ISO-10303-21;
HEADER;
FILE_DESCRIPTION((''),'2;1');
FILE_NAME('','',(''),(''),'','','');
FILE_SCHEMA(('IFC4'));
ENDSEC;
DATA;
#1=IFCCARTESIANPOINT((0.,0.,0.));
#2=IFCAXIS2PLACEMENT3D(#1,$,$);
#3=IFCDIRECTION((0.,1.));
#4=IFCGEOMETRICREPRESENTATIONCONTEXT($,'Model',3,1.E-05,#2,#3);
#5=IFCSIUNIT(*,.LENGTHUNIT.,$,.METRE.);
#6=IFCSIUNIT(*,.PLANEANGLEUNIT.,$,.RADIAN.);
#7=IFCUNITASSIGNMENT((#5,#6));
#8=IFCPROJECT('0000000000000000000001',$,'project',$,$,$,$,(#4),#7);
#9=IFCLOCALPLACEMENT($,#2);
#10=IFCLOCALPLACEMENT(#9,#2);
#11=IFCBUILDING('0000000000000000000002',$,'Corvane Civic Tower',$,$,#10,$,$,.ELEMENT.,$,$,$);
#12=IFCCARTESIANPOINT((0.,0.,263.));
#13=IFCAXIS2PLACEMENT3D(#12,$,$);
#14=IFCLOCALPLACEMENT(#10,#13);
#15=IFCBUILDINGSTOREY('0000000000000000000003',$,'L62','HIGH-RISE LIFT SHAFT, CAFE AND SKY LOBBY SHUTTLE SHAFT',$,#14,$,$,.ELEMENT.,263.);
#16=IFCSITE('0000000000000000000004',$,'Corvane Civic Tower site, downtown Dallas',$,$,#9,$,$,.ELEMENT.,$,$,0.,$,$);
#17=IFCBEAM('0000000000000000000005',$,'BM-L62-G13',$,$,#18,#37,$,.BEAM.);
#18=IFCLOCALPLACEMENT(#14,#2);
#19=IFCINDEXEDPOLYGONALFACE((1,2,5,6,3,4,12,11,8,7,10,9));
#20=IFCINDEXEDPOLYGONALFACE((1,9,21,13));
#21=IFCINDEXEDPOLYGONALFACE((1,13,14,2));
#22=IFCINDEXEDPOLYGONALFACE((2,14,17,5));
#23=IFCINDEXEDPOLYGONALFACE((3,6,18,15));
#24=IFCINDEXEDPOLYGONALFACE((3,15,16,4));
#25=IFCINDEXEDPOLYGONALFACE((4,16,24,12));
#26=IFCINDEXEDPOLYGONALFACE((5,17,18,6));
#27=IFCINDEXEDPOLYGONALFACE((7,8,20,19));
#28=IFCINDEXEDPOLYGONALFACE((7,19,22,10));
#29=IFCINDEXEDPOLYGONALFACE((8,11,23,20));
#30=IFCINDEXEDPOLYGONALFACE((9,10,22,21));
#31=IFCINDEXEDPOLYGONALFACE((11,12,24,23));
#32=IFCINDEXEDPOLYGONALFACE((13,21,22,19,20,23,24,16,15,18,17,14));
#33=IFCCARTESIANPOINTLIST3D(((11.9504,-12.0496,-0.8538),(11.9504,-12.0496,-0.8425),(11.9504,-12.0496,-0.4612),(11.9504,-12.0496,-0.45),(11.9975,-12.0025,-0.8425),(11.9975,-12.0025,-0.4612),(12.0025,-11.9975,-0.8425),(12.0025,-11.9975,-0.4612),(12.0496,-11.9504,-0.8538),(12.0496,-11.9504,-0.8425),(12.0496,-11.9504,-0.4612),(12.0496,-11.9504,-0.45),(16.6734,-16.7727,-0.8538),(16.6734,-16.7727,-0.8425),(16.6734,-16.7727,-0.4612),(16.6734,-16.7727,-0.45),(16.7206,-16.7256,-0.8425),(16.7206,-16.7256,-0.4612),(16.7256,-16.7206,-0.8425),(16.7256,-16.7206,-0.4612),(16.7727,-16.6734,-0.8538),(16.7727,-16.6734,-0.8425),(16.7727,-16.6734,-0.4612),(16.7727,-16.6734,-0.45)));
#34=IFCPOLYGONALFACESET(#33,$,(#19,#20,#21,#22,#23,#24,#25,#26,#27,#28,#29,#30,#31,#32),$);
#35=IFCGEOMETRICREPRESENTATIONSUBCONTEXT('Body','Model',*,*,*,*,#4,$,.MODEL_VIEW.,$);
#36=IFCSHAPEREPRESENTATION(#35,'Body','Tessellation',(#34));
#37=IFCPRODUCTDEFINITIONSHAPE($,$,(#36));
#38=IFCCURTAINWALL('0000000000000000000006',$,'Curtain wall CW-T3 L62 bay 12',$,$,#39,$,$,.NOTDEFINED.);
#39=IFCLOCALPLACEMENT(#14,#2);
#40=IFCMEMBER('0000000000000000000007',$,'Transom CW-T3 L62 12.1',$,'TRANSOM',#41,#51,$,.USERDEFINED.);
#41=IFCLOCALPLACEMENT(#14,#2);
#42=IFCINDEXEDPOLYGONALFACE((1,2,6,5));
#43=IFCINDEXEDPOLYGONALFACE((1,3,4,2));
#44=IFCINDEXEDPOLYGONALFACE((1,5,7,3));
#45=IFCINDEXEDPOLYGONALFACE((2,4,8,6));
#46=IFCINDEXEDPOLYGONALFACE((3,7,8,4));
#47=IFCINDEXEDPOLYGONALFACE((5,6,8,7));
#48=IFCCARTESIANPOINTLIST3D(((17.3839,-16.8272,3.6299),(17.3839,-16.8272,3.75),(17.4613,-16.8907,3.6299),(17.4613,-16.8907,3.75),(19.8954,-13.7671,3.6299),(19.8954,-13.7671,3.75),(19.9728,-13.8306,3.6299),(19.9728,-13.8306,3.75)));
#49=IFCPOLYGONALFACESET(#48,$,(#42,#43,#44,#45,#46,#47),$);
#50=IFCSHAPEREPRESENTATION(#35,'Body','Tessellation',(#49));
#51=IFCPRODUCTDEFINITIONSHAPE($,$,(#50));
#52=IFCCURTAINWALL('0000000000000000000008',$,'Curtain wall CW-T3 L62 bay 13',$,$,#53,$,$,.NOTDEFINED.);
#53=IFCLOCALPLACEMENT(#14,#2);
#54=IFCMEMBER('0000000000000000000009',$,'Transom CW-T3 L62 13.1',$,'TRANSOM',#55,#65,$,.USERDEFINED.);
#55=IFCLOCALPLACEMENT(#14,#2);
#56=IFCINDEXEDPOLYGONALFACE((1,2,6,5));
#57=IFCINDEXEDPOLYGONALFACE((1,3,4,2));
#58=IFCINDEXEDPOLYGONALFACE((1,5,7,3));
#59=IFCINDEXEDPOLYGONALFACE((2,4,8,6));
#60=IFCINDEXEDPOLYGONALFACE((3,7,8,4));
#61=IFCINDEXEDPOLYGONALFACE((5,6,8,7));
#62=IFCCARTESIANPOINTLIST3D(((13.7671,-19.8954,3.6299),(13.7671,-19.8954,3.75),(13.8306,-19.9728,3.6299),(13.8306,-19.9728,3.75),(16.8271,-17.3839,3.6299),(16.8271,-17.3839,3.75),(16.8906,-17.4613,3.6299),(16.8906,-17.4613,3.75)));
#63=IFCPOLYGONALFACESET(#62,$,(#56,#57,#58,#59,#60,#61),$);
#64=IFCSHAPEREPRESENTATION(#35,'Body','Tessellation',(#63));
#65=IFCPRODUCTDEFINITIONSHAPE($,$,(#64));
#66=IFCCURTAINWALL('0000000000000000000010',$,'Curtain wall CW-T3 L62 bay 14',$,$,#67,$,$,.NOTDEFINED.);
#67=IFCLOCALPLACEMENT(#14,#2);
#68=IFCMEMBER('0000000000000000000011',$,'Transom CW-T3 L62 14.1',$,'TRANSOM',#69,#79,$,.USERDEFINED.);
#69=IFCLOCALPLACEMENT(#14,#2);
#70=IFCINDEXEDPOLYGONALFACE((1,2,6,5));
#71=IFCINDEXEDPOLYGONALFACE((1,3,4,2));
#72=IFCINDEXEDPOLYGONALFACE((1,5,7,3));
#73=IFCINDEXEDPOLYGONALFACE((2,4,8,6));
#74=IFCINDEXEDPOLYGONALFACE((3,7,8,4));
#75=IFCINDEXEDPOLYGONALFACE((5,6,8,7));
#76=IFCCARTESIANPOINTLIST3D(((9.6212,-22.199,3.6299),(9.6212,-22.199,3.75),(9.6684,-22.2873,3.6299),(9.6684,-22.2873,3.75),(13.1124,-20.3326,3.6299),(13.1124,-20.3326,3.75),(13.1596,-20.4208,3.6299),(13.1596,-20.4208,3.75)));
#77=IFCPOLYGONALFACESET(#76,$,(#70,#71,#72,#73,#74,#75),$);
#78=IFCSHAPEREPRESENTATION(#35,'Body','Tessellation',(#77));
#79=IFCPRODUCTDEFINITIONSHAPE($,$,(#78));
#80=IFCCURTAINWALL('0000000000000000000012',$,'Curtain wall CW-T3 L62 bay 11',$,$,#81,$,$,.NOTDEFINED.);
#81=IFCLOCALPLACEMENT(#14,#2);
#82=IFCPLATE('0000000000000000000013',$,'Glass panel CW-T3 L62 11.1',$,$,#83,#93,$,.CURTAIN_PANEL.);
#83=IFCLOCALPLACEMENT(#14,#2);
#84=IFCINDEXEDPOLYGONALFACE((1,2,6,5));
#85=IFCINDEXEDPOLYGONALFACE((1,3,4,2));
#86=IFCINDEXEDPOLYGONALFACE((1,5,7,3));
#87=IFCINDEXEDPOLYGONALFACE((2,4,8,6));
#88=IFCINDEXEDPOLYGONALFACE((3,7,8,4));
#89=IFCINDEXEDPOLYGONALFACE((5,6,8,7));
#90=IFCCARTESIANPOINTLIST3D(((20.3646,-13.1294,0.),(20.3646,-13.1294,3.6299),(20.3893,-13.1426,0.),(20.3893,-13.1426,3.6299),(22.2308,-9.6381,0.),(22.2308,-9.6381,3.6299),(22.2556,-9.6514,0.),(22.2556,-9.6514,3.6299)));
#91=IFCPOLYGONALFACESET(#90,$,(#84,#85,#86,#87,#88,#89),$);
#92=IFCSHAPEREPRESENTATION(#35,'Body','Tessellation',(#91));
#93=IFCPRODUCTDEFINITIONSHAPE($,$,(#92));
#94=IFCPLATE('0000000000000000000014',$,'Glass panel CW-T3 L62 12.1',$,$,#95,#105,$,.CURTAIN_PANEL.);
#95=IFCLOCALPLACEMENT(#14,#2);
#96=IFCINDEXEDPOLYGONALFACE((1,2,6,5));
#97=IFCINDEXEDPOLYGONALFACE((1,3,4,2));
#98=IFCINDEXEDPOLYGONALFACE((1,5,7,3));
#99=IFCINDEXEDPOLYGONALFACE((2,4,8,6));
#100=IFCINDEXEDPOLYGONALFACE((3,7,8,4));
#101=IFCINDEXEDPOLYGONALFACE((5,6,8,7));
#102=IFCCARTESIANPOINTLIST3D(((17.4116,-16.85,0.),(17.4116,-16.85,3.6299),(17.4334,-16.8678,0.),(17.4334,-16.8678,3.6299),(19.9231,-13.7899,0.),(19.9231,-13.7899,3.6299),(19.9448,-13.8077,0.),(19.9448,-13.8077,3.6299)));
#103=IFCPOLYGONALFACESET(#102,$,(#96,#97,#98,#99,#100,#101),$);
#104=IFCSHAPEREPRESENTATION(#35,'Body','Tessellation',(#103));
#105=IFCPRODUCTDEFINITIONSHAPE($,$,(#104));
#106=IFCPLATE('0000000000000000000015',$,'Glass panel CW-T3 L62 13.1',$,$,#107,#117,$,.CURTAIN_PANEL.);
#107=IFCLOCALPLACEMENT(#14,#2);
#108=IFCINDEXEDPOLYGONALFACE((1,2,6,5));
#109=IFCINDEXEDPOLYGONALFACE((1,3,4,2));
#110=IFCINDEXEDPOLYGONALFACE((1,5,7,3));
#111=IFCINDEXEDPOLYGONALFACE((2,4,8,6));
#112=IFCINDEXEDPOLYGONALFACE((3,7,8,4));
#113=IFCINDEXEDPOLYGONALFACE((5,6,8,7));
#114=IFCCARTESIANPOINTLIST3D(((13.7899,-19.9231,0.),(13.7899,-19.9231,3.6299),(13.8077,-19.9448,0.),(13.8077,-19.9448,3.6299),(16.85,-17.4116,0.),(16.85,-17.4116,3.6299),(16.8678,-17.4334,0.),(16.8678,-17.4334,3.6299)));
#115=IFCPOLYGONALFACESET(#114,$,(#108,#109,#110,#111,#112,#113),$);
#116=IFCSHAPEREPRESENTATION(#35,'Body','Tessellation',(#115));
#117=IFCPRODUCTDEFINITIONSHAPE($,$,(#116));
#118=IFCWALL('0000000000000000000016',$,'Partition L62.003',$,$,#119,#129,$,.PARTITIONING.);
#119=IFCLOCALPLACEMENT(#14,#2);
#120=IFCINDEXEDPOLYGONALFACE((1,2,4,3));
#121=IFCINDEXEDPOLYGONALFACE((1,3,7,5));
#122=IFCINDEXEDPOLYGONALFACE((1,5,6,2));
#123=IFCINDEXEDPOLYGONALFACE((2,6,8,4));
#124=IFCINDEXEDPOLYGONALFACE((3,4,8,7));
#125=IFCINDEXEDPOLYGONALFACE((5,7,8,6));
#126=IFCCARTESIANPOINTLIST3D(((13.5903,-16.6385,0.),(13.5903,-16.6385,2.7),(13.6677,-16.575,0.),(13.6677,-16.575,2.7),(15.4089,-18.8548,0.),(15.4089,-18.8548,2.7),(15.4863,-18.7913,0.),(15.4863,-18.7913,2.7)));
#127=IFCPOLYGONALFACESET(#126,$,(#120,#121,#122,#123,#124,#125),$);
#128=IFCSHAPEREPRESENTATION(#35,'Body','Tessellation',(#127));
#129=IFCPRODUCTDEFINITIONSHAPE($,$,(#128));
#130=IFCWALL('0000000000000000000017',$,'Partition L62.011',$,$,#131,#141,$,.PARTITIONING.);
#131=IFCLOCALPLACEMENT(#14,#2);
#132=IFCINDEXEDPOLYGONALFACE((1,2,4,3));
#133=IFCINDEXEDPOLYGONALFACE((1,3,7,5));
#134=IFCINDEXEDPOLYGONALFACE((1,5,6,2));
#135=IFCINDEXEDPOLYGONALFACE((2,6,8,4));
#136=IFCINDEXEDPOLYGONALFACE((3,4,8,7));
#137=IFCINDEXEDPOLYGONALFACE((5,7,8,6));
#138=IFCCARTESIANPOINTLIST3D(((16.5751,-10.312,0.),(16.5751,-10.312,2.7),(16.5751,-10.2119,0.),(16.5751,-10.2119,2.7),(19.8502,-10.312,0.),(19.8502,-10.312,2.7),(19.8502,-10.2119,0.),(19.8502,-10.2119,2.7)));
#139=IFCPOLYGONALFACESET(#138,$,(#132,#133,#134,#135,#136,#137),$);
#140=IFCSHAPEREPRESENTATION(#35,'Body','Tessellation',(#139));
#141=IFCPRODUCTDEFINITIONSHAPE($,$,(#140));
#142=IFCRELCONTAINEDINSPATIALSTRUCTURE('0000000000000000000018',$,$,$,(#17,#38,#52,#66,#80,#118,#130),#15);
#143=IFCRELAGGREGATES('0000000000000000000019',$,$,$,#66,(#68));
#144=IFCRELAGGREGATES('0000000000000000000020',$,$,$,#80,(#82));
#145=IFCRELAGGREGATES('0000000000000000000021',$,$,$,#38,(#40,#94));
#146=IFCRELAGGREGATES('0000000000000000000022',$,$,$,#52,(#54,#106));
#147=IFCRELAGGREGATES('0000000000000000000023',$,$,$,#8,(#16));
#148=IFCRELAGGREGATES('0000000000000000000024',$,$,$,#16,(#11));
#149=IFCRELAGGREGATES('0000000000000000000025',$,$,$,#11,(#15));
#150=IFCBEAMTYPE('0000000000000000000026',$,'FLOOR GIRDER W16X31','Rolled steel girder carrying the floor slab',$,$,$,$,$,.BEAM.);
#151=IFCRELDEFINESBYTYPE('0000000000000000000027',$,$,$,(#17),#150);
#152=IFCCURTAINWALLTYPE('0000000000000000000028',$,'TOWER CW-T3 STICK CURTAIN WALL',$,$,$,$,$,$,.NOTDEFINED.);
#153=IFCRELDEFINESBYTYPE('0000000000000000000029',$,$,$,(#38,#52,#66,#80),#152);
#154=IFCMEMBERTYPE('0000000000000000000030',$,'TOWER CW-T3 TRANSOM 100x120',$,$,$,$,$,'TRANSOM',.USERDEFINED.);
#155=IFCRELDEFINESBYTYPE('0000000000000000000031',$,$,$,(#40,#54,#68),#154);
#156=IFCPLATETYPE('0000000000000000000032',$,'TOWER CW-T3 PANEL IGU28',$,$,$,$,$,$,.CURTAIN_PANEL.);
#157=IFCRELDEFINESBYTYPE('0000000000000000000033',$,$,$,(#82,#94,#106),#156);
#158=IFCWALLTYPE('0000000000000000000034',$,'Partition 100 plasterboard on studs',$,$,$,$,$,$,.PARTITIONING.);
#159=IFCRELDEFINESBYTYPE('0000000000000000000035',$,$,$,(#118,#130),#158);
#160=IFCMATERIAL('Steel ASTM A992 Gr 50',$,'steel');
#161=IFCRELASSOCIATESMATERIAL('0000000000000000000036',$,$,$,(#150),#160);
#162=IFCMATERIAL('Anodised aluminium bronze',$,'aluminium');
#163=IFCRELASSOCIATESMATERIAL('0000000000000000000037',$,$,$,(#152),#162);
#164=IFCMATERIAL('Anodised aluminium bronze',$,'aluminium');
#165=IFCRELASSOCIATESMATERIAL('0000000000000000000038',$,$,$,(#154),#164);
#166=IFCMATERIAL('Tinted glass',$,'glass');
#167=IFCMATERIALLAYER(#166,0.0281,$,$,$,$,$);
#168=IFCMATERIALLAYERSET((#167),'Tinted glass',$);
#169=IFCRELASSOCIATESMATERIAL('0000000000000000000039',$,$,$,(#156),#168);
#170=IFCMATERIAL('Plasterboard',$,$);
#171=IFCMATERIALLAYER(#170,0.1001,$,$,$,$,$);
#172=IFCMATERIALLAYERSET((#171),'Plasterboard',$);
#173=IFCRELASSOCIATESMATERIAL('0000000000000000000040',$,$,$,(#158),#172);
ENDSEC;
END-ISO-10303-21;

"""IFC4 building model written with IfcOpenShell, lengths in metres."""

from ifc_helpers import new_model, si_unit, direction, frame, frame_2d, origin, origin_2d, place, context, subcontext, project, spatial, rectangle, i_section, extrude, material, layer, layer_set, material_profile, profile_set, type_object, element, aggregate, save


model = new_model("IFC4")

# Units and contexts
model_context = context("Model", 3, precision=1e-05, world=origin(), true_north=direction((0.0, 1.0)))
body_context = subcontext(model_context, "Body", "Model", "MODEL_VIEW")
ifc_project = project(units=[si_unit("LENGTHUNIT", "METRE"), si_unit("PLANEANGLEUNIT", "RADIAN")], contexts=[model_context])

# Site, building, storey
site_placement = place(None, origin())
site = spatial("IfcSite", under=ifc_project, at=site_placement, Name="Corvane Civic Tower site, downtown Dallas", CompositionType="ELEMENT", RefElevation=0.0)
building_placement = place(site_placement, origin())
building = spatial("IfcBuilding", under=site, at=building_placement, Name="Corvane Civic Tower", CompositionType="ELEMENT")
storey_placement = place(building_placement, frame((0.0, 0.0, 263.0)))
storey = spatial("IfcBuildingStorey", under=building, at=storey_placement, Name="L62", Description="HIGH-RISE LIFT SHAFT, CAFE AND SKY LOBBY SHUTTLE SHAFT", CompositionType="ELEMENT", Elevation=263.0)

# Beam
ifc_material_1 = material(Name="Steel ASTM A992 Gr 50", Category="steel")
ifc_material_profile_1 = material_profile(ifc_material_1, i_section(OverallWidth=0.1404, OverallDepth=0.4038, WebThickness=0.0071, FlangeThickness=0.0112, at=origin_2d()), Name="W16X31")
ifc_profile_set_1 = profile_set([ifc_material_profile_1], Name="Steel ASTM A992 Gr 50")
beam_type_1 = type_object("IfcBeamType", Name="FLOOR GIRDER W16X31", Description="Rolled steel girder carrying the floor slab", PredefinedType="BEAM", material=ifc_profile_set_1)
beam_1_placement = place(storey_placement, frame((12.0, -12.0, -0.6519), z_axis=(0.707107, -0.707107, 0.0), x_axis=(0.707107, 0.707107, 0.0)))
element("IfcBeam", 1, at=beam_1_placement, inside=storey, type_object=beam_type_1, Name="BM-L62-G13", PredefinedType="BEAM", context=body_context, shape_type="SweptSolid", body=[
    extrude(i_section(OverallWidth=0.1404, OverallDepth=0.4038, WebThickness=0.0071, FlangeThickness=0.0112, at=origin_2d()), origin(), (0.0, 0.0, 1.0), 6.6794),
])

# Curtain walls, members
ifc_material_2 = material(Name="Anodised aluminium bronze", Category="aluminium")
curtain_wall_type = type_object("IfcCurtainWallType", Name="TOWER CW-T3 STICK CURTAIN WALL", PredefinedType="NOTDEFINED", material=ifc_material_2)
curtain_wall_1_placement = place(storey_placement, origin())
curtain_wall_1 = element("IfcCurtainWall", 2, at=curtain_wall_1_placement, inside=storey, type_object=curtain_wall_type, Name="Curtain wall CW-T3 L62 bay 12", PredefinedType="NOTDEFINED")
ifc_material_3 = material(Name="Anodised aluminium bronze", Category="aluminium")
ifc_material_profile_2 = material_profile(ifc_material_3, rectangle(XDim=0.1001, YDim=0.1201, at=origin_2d()), Name="TOWER CW-T3 TRANSOM 100x120")
ifc_profile_set_2 = profile_set([ifc_material_profile_2], Name="Anodised aluminium bronze")
member_type = type_object("IfcMemberType", Name="TOWER CW-T3 TRANSOM 100x120", ElementType="TRANSOM", PredefinedType="USERDEFINED", material=ifc_profile_set_2)
member_1_placement = place(storey_placement, frame((19.9341, -13.7988, 3.6899), z_axis=(-0.634416, -0.772992, 0.0), x_axis=(0.772992, -0.634416, 0.0)))
member_1 = element("IfcMember", 3, at=member_1_placement, type_object=member_type, Name="Transom CW-T3 L62 12.1", ObjectType="TRANSOM", PredefinedType="USERDEFINED", context=body_context, shape_type="SweptSolid", body=[
    extrude(rectangle(XDim=0.1001, YDim=0.1201, at=origin_2d()), origin(), (0.0, 0.0, 1.0), 3.9587),
])
curtain_wall_2_placement = place(storey_placement, origin())
curtain_wall_2 = element("IfcCurtainWall", 4, at=curtain_wall_2_placement, inside=storey, type_object=curtain_wall_type, Name="Curtain wall CW-T3 L62 bay 13", PredefinedType="NOTDEFINED")
member_2_placement = place(storey_placement, frame((16.8589, -17.4226, 3.6899), z_axis=(-0.772992, -0.634416, 0.0), x_axis=(0.634416, -0.772992, 0.0)))
member_2 = element("IfcMember", 5, at=member_2_placement, type_object=member_type, Name="Transom CW-T3 L62 13.1", ObjectType="TRANSOM", PredefinedType="USERDEFINED", context=body_context, shape_type="SweptSolid", body=[
    extrude(rectangle(XDim=0.1001, YDim=0.1201, at=origin_2d()), origin(), (0.0, 0.0, 1.0), 3.9587),
])
curtain_wall_3_placement = place(storey_placement, origin())
curtain_wall_3 = element("IfcCurtainWall", 6, at=curtain_wall_3_placement, inside=storey, type_object=curtain_wall_type, Name="Curtain wall CW-T3 L62 bay 14", PredefinedType="NOTDEFINED")
member_3_placement = place(storey_placement, frame((13.136, -20.3767, 3.6899), z_axis=(-0.881883, -0.471468, 0.0), x_axis=(0.471468, -0.881883, 0.0)))
member_3 = element("IfcMember", 7, at=member_3_placement, type_object=member_type, Name="Transom CW-T3 L62 14.1", ObjectType="TRANSOM", PredefinedType="USERDEFINED", context=body_context, shape_type="SweptSolid", body=[
    extrude(rectangle(XDim=0.1001, YDim=0.1201, at=origin_2d()), origin(), (0.0, 0.0, 1.0), 3.9587),
])
aggregate(curtain_wall_3, [member_3])

# Curtain wall, plate
curtain_wall_4_placement = place(storey_placement, origin())
curtain_wall_4 = element("IfcCurtainWall", 8, at=curtain_wall_4_placement, inside=storey, type_object=curtain_wall_type, Name="Curtain wall CW-T3 L62 bay 11", PredefinedType="NOTDEFINED")
ifc_material_4 = material(Name="Tinted glass", Category="glass")
ifc_layer_1 = layer(ifc_material_4, 0.0281)
ifc_layer_set_1 = layer_set([ifc_layer_1], Name="Tinted glass")
plate_type = type_object("IfcPlateType", Name="TOWER CW-T3 PANEL IGU28", PredefinedType="CURTAIN_PANEL", material=ifc_layer_set_1)
plate_1_placement = place(storey_placement, frame((21.3101, -11.3904, 0.0), z_axis=(0.0, 0.0, 1.0), x_axis=(-0.471421, -0.881908, 0.0)))
plate_1 = element("IfcPlate", 9, at=plate_1_placement, type_object=plate_type, Name="Glass panel CW-T3 L62 11.1", PredefinedType="CURTAIN_PANEL", context=body_context, shape_type="SweptSolid", body=[
    extrude(rectangle(XDim=3.9587, YDim=0.0281, at=origin_2d()), origin(), (0.0, 0.0, 1.0), 3.6299),
])
aggregate(curtain_wall_4, [plate_1])

# Plates
plate_2_placement = place(storey_placement, frame((18.6782, -15.3289, 0.0), z_axis=(0.0, 0.0, 1.0), x_axis=(-0.634405, -0.773001, 0.0)))
plate_2 = element("IfcPlate", 10, at=plate_2_placement, type_object=plate_type, Name="Glass panel CW-T3 L62 12.1", PredefinedType="CURTAIN_PANEL", context=body_context, shape_type="SweptSolid", body=[
    extrude(rectangle(XDim=3.9587, YDim=0.0281, at=origin_2d()), origin(), (0.0, 0.0, 1.0), 3.6299),
])
aggregate(curtain_wall_1, [member_1, plate_2])
plate_3_placement = place(storey_placement, frame((15.3289, -18.6782, 0.0), z_axis=(0.0, 0.0, 1.0), x_axis=(-0.773001, -0.634405, 0.0)))
plate_3 = element("IfcPlate", 11, at=plate_3_placement, type_object=plate_type, Name="Glass panel CW-T3 L62 13.1", PredefinedType="CURTAIN_PANEL", context=body_context, shape_type="SweptSolid", body=[
    extrude(rectangle(XDim=3.9587, YDim=0.0281, at=origin_2d()), origin(), (0.0, 0.0, 1.0), 3.6299),
])
aggregate(curtain_wall_2, [member_2, plate_3])

# Walls
ifc_material_5 = material(Name="Plasterboard")
ifc_layer_2 = layer(ifc_material_5, 0.1001)
ifc_layer_set_2 = layer_set([ifc_layer_2], Name="Plasterboard")
wall_type_1 = type_object("IfcWallType", Name="Partition 100 plasterboard on studs", PredefinedType="PARTITIONING", material=ifc_layer_set_2)
wall_1_placement = place(storey_placement, frame((13.6289, -16.6067, 0.0), z_axis=(0.0, 0.0, 1.0), x_axis=(0.634336, -0.773057, 0.0)))
element("IfcWall", 12, at=wall_1_placement, inside=storey, type_object=wall_type_1, Name="Partition L62.003", PredefinedType="PARTITIONING", context=body_context, shape_type="SweptSolid", body=[
    extrude(rectangle(XDim=2.8669, YDim=0.1001, at=frame_2d((1.4336, 0.0))), origin(), (0.0, 0.0, 1.0), 2.7),
])
wall_2_placement = place(storey_placement, frame((16.575, -10.262, 0.0), z_axis=(0.0, 0.0, 1.0), x_axis=(1.0, 0.0, 0.0)))
element("IfcWall", 13, at=wall_2_placement, inside=storey, type_object=wall_type_1, Name="Partition L62.011", PredefinedType="PARTITIONING", context=body_context, shape_type="SweptSolid", body=[
    extrude(rectangle(XDim=3.2751, YDim=0.1001, at=frame_2d((1.6377, 0.0))), origin(), (0.0, 0.0, 1.0), 2.7),
])

save(model, "model.ifc")
